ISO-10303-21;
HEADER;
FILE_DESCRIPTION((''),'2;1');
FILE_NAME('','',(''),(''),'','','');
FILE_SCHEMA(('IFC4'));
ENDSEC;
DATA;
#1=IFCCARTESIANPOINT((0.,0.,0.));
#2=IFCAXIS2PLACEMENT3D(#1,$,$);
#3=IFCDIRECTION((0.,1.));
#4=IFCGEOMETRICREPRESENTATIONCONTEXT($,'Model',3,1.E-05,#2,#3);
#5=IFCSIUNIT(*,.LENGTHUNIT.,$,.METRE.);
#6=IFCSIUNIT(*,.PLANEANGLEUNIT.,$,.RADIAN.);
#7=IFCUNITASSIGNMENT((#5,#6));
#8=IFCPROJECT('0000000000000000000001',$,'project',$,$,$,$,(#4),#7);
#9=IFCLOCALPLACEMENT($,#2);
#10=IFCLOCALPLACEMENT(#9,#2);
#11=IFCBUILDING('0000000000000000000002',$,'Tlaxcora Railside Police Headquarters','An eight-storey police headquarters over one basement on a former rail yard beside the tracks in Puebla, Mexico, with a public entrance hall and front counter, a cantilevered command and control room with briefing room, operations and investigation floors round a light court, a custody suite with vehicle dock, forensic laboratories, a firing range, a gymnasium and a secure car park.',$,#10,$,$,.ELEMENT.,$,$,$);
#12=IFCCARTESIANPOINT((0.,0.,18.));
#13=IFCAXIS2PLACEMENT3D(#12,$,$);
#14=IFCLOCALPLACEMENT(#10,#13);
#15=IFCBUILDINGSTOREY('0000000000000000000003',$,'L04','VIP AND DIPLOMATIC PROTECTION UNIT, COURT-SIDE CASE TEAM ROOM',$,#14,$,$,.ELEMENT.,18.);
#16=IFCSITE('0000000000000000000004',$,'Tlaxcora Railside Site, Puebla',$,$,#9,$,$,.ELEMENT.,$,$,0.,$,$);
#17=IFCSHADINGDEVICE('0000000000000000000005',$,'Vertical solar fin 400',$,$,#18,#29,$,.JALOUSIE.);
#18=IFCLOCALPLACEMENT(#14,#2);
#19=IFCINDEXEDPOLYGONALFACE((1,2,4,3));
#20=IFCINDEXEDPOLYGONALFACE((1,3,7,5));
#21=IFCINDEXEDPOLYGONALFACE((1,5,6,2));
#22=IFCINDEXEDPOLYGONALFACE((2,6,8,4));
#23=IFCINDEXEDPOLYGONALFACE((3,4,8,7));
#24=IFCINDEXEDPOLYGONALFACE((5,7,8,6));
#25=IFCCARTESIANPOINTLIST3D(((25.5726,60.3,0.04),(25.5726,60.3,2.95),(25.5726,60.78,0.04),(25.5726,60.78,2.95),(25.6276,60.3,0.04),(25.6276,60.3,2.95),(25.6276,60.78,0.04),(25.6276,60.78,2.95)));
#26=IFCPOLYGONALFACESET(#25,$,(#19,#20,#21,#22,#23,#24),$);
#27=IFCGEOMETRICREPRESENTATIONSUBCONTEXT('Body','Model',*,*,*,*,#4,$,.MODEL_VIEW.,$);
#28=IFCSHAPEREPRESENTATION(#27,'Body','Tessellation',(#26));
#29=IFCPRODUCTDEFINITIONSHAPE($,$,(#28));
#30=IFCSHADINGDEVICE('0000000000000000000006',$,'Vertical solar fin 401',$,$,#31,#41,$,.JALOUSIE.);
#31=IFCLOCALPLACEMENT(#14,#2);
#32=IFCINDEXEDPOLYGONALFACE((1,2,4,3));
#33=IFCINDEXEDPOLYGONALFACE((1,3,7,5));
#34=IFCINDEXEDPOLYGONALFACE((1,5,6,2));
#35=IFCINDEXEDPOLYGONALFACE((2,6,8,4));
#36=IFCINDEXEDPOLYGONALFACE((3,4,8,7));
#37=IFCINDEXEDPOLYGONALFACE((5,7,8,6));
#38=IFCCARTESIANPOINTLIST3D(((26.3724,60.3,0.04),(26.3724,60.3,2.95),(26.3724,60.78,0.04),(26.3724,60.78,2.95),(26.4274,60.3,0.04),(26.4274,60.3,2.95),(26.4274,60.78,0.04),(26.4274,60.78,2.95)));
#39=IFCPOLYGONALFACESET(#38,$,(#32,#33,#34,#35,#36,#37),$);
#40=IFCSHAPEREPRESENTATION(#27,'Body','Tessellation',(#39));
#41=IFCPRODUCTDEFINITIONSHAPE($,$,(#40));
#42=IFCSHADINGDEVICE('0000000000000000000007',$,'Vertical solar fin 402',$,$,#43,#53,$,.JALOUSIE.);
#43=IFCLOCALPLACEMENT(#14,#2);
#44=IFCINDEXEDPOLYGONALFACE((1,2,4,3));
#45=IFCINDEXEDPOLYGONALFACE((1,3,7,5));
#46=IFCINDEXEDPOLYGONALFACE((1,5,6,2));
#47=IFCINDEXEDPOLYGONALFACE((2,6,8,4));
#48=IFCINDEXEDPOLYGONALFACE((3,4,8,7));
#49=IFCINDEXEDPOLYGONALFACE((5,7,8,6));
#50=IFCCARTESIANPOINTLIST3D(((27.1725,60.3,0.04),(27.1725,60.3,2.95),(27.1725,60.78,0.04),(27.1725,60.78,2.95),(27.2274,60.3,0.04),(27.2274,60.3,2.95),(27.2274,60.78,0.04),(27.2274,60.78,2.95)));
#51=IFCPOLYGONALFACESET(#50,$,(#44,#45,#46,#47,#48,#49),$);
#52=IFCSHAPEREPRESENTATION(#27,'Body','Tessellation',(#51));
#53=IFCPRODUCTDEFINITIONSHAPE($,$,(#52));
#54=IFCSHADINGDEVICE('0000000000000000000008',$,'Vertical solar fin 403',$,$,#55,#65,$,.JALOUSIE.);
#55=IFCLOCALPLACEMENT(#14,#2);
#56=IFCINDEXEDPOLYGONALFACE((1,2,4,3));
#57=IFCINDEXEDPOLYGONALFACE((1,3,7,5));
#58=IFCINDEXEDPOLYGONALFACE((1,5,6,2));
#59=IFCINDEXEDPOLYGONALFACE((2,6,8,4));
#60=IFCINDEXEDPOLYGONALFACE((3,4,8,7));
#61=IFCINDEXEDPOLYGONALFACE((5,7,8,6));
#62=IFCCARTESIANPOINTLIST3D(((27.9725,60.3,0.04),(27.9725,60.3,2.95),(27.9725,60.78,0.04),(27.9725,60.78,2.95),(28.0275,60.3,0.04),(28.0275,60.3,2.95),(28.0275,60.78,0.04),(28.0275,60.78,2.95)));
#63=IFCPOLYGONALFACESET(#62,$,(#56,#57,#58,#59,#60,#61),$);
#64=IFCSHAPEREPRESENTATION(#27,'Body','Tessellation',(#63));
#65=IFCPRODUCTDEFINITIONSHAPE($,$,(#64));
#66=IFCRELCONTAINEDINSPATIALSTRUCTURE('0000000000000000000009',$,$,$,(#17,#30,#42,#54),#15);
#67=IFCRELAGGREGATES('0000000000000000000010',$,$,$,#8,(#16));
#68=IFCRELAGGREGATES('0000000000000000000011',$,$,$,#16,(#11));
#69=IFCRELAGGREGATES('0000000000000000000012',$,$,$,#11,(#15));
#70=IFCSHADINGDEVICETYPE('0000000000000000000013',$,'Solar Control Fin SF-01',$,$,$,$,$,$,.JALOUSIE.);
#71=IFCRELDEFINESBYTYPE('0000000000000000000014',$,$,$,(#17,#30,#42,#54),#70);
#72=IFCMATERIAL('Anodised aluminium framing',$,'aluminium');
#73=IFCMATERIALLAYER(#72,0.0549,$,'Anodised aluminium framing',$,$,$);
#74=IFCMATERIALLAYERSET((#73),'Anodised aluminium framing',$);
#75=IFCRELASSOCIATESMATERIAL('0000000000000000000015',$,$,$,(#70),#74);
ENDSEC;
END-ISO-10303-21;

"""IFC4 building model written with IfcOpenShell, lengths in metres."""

from ifc_helpers import new_model, si_unit, direction, frame, origin, origin_2d, place, context, subcontext, project, spatial, rectangle, extrude, material, layer, layer_set, type_object, element, save


model = new_model("IFC4")

# Units and contexts
model_context = context("Model", 3, precision=1e-05, world=origin(), true_north=direction((0.0, 1.0)))
body_context = subcontext(model_context, "Body", "Model", "MODEL_VIEW")
ifc_project = project(units=[si_unit("LENGTHUNIT", "METRE"), si_unit("PLANEANGLEUNIT", "RADIAN")], contexts=[model_context])

# Site, building, storey
site_placement = place(None, origin())
site = spatial("IfcSite", under=ifc_project, at=site_placement, Name="Tlaxcora Railside Site, Puebla", CompositionType="ELEMENT", RefElevation=0.0)
building_placement = place(site_placement, origin())
building = spatial("IfcBuilding", under=site, at=building_placement, Name="Tlaxcora Railside Police Headquarters", Description="An eight-storey police headquarters over one basement on a former rail yard beside the tracks in Puebla, Mexico, with a public entrance hall and front counter, a cantilevered command and control room with briefing room, operations and investigation floors round a light court, a custody suite with vehicle dock, forensic laboratories, a firing range, a gymnasium and a secure car park.", CompositionType="ELEMENT")
storey_placement = place(building_placement, frame((0.0, 0.0, 18.0)))
storey = spatial("IfcBuildingStorey", under=building, at=storey_placement, Name="L04", Description="VIP AND DIPLOMATIC PROTECTION UNIT, COURT-SIDE CASE TEAM ROOM", CompositionType="ELEMENT", Elevation=18.0)

# Shared definitions
ifc_material_1 = material(Name="Anodised aluminium framing", Category="aluminium")

# Shading devices
ifc_layer_1 = layer(ifc_material_1, 0.0549, Name="Anodised aluminium framing")
ifc_layer_set_1 = layer_set([ifc_layer_1], Name="Anodised aluminium framing")
shading_device_type = type_object("IfcShadingDeviceType", Name="Solar Control Fin SF-01", PredefinedType="JALOUSIE", material=ifc_layer_set_1)
for number, where, z_axis, x_axis, name in (
    (1, (25.6001, 60.54, 0.04), (0.0, 0.0, 1.0), (0.0, -1.0, 0.0), "Vertical solar fin 400"),
    (2, (26.3999, 60.54, 0.04), (0.0, 0.0, 1.0), (0.0, -1.0, 0.0), "Vertical solar fin 401"),
    (3, (27.2, 60.54, 0.04), (0.0, 0.0, 1.0), (0.0, -1.0, 0.0), "Vertical solar fin 402"),
    (4, (28.0, 60.54, 0.04), (0.0, 0.0, 1.0), (0.0, -1.0, 0.0), "Vertical solar fin 403"),
):
    element("IfcShadingDevice", number, at=place(storey_placement, frame(where, z_axis=z_axis, x_axis=x_axis)), inside=storey, type_object=shading_device_type, Name=name, PredefinedType="JALOUSIE", context=body_context, shape_type="SweptSolid", body=[
        extrude(rectangle(XDim=0.48, YDim=0.0549, at=origin_2d()), origin(), (0.0, 0.0, 1.0), 2.9099),
    ])

save(model, "model.ifc")
